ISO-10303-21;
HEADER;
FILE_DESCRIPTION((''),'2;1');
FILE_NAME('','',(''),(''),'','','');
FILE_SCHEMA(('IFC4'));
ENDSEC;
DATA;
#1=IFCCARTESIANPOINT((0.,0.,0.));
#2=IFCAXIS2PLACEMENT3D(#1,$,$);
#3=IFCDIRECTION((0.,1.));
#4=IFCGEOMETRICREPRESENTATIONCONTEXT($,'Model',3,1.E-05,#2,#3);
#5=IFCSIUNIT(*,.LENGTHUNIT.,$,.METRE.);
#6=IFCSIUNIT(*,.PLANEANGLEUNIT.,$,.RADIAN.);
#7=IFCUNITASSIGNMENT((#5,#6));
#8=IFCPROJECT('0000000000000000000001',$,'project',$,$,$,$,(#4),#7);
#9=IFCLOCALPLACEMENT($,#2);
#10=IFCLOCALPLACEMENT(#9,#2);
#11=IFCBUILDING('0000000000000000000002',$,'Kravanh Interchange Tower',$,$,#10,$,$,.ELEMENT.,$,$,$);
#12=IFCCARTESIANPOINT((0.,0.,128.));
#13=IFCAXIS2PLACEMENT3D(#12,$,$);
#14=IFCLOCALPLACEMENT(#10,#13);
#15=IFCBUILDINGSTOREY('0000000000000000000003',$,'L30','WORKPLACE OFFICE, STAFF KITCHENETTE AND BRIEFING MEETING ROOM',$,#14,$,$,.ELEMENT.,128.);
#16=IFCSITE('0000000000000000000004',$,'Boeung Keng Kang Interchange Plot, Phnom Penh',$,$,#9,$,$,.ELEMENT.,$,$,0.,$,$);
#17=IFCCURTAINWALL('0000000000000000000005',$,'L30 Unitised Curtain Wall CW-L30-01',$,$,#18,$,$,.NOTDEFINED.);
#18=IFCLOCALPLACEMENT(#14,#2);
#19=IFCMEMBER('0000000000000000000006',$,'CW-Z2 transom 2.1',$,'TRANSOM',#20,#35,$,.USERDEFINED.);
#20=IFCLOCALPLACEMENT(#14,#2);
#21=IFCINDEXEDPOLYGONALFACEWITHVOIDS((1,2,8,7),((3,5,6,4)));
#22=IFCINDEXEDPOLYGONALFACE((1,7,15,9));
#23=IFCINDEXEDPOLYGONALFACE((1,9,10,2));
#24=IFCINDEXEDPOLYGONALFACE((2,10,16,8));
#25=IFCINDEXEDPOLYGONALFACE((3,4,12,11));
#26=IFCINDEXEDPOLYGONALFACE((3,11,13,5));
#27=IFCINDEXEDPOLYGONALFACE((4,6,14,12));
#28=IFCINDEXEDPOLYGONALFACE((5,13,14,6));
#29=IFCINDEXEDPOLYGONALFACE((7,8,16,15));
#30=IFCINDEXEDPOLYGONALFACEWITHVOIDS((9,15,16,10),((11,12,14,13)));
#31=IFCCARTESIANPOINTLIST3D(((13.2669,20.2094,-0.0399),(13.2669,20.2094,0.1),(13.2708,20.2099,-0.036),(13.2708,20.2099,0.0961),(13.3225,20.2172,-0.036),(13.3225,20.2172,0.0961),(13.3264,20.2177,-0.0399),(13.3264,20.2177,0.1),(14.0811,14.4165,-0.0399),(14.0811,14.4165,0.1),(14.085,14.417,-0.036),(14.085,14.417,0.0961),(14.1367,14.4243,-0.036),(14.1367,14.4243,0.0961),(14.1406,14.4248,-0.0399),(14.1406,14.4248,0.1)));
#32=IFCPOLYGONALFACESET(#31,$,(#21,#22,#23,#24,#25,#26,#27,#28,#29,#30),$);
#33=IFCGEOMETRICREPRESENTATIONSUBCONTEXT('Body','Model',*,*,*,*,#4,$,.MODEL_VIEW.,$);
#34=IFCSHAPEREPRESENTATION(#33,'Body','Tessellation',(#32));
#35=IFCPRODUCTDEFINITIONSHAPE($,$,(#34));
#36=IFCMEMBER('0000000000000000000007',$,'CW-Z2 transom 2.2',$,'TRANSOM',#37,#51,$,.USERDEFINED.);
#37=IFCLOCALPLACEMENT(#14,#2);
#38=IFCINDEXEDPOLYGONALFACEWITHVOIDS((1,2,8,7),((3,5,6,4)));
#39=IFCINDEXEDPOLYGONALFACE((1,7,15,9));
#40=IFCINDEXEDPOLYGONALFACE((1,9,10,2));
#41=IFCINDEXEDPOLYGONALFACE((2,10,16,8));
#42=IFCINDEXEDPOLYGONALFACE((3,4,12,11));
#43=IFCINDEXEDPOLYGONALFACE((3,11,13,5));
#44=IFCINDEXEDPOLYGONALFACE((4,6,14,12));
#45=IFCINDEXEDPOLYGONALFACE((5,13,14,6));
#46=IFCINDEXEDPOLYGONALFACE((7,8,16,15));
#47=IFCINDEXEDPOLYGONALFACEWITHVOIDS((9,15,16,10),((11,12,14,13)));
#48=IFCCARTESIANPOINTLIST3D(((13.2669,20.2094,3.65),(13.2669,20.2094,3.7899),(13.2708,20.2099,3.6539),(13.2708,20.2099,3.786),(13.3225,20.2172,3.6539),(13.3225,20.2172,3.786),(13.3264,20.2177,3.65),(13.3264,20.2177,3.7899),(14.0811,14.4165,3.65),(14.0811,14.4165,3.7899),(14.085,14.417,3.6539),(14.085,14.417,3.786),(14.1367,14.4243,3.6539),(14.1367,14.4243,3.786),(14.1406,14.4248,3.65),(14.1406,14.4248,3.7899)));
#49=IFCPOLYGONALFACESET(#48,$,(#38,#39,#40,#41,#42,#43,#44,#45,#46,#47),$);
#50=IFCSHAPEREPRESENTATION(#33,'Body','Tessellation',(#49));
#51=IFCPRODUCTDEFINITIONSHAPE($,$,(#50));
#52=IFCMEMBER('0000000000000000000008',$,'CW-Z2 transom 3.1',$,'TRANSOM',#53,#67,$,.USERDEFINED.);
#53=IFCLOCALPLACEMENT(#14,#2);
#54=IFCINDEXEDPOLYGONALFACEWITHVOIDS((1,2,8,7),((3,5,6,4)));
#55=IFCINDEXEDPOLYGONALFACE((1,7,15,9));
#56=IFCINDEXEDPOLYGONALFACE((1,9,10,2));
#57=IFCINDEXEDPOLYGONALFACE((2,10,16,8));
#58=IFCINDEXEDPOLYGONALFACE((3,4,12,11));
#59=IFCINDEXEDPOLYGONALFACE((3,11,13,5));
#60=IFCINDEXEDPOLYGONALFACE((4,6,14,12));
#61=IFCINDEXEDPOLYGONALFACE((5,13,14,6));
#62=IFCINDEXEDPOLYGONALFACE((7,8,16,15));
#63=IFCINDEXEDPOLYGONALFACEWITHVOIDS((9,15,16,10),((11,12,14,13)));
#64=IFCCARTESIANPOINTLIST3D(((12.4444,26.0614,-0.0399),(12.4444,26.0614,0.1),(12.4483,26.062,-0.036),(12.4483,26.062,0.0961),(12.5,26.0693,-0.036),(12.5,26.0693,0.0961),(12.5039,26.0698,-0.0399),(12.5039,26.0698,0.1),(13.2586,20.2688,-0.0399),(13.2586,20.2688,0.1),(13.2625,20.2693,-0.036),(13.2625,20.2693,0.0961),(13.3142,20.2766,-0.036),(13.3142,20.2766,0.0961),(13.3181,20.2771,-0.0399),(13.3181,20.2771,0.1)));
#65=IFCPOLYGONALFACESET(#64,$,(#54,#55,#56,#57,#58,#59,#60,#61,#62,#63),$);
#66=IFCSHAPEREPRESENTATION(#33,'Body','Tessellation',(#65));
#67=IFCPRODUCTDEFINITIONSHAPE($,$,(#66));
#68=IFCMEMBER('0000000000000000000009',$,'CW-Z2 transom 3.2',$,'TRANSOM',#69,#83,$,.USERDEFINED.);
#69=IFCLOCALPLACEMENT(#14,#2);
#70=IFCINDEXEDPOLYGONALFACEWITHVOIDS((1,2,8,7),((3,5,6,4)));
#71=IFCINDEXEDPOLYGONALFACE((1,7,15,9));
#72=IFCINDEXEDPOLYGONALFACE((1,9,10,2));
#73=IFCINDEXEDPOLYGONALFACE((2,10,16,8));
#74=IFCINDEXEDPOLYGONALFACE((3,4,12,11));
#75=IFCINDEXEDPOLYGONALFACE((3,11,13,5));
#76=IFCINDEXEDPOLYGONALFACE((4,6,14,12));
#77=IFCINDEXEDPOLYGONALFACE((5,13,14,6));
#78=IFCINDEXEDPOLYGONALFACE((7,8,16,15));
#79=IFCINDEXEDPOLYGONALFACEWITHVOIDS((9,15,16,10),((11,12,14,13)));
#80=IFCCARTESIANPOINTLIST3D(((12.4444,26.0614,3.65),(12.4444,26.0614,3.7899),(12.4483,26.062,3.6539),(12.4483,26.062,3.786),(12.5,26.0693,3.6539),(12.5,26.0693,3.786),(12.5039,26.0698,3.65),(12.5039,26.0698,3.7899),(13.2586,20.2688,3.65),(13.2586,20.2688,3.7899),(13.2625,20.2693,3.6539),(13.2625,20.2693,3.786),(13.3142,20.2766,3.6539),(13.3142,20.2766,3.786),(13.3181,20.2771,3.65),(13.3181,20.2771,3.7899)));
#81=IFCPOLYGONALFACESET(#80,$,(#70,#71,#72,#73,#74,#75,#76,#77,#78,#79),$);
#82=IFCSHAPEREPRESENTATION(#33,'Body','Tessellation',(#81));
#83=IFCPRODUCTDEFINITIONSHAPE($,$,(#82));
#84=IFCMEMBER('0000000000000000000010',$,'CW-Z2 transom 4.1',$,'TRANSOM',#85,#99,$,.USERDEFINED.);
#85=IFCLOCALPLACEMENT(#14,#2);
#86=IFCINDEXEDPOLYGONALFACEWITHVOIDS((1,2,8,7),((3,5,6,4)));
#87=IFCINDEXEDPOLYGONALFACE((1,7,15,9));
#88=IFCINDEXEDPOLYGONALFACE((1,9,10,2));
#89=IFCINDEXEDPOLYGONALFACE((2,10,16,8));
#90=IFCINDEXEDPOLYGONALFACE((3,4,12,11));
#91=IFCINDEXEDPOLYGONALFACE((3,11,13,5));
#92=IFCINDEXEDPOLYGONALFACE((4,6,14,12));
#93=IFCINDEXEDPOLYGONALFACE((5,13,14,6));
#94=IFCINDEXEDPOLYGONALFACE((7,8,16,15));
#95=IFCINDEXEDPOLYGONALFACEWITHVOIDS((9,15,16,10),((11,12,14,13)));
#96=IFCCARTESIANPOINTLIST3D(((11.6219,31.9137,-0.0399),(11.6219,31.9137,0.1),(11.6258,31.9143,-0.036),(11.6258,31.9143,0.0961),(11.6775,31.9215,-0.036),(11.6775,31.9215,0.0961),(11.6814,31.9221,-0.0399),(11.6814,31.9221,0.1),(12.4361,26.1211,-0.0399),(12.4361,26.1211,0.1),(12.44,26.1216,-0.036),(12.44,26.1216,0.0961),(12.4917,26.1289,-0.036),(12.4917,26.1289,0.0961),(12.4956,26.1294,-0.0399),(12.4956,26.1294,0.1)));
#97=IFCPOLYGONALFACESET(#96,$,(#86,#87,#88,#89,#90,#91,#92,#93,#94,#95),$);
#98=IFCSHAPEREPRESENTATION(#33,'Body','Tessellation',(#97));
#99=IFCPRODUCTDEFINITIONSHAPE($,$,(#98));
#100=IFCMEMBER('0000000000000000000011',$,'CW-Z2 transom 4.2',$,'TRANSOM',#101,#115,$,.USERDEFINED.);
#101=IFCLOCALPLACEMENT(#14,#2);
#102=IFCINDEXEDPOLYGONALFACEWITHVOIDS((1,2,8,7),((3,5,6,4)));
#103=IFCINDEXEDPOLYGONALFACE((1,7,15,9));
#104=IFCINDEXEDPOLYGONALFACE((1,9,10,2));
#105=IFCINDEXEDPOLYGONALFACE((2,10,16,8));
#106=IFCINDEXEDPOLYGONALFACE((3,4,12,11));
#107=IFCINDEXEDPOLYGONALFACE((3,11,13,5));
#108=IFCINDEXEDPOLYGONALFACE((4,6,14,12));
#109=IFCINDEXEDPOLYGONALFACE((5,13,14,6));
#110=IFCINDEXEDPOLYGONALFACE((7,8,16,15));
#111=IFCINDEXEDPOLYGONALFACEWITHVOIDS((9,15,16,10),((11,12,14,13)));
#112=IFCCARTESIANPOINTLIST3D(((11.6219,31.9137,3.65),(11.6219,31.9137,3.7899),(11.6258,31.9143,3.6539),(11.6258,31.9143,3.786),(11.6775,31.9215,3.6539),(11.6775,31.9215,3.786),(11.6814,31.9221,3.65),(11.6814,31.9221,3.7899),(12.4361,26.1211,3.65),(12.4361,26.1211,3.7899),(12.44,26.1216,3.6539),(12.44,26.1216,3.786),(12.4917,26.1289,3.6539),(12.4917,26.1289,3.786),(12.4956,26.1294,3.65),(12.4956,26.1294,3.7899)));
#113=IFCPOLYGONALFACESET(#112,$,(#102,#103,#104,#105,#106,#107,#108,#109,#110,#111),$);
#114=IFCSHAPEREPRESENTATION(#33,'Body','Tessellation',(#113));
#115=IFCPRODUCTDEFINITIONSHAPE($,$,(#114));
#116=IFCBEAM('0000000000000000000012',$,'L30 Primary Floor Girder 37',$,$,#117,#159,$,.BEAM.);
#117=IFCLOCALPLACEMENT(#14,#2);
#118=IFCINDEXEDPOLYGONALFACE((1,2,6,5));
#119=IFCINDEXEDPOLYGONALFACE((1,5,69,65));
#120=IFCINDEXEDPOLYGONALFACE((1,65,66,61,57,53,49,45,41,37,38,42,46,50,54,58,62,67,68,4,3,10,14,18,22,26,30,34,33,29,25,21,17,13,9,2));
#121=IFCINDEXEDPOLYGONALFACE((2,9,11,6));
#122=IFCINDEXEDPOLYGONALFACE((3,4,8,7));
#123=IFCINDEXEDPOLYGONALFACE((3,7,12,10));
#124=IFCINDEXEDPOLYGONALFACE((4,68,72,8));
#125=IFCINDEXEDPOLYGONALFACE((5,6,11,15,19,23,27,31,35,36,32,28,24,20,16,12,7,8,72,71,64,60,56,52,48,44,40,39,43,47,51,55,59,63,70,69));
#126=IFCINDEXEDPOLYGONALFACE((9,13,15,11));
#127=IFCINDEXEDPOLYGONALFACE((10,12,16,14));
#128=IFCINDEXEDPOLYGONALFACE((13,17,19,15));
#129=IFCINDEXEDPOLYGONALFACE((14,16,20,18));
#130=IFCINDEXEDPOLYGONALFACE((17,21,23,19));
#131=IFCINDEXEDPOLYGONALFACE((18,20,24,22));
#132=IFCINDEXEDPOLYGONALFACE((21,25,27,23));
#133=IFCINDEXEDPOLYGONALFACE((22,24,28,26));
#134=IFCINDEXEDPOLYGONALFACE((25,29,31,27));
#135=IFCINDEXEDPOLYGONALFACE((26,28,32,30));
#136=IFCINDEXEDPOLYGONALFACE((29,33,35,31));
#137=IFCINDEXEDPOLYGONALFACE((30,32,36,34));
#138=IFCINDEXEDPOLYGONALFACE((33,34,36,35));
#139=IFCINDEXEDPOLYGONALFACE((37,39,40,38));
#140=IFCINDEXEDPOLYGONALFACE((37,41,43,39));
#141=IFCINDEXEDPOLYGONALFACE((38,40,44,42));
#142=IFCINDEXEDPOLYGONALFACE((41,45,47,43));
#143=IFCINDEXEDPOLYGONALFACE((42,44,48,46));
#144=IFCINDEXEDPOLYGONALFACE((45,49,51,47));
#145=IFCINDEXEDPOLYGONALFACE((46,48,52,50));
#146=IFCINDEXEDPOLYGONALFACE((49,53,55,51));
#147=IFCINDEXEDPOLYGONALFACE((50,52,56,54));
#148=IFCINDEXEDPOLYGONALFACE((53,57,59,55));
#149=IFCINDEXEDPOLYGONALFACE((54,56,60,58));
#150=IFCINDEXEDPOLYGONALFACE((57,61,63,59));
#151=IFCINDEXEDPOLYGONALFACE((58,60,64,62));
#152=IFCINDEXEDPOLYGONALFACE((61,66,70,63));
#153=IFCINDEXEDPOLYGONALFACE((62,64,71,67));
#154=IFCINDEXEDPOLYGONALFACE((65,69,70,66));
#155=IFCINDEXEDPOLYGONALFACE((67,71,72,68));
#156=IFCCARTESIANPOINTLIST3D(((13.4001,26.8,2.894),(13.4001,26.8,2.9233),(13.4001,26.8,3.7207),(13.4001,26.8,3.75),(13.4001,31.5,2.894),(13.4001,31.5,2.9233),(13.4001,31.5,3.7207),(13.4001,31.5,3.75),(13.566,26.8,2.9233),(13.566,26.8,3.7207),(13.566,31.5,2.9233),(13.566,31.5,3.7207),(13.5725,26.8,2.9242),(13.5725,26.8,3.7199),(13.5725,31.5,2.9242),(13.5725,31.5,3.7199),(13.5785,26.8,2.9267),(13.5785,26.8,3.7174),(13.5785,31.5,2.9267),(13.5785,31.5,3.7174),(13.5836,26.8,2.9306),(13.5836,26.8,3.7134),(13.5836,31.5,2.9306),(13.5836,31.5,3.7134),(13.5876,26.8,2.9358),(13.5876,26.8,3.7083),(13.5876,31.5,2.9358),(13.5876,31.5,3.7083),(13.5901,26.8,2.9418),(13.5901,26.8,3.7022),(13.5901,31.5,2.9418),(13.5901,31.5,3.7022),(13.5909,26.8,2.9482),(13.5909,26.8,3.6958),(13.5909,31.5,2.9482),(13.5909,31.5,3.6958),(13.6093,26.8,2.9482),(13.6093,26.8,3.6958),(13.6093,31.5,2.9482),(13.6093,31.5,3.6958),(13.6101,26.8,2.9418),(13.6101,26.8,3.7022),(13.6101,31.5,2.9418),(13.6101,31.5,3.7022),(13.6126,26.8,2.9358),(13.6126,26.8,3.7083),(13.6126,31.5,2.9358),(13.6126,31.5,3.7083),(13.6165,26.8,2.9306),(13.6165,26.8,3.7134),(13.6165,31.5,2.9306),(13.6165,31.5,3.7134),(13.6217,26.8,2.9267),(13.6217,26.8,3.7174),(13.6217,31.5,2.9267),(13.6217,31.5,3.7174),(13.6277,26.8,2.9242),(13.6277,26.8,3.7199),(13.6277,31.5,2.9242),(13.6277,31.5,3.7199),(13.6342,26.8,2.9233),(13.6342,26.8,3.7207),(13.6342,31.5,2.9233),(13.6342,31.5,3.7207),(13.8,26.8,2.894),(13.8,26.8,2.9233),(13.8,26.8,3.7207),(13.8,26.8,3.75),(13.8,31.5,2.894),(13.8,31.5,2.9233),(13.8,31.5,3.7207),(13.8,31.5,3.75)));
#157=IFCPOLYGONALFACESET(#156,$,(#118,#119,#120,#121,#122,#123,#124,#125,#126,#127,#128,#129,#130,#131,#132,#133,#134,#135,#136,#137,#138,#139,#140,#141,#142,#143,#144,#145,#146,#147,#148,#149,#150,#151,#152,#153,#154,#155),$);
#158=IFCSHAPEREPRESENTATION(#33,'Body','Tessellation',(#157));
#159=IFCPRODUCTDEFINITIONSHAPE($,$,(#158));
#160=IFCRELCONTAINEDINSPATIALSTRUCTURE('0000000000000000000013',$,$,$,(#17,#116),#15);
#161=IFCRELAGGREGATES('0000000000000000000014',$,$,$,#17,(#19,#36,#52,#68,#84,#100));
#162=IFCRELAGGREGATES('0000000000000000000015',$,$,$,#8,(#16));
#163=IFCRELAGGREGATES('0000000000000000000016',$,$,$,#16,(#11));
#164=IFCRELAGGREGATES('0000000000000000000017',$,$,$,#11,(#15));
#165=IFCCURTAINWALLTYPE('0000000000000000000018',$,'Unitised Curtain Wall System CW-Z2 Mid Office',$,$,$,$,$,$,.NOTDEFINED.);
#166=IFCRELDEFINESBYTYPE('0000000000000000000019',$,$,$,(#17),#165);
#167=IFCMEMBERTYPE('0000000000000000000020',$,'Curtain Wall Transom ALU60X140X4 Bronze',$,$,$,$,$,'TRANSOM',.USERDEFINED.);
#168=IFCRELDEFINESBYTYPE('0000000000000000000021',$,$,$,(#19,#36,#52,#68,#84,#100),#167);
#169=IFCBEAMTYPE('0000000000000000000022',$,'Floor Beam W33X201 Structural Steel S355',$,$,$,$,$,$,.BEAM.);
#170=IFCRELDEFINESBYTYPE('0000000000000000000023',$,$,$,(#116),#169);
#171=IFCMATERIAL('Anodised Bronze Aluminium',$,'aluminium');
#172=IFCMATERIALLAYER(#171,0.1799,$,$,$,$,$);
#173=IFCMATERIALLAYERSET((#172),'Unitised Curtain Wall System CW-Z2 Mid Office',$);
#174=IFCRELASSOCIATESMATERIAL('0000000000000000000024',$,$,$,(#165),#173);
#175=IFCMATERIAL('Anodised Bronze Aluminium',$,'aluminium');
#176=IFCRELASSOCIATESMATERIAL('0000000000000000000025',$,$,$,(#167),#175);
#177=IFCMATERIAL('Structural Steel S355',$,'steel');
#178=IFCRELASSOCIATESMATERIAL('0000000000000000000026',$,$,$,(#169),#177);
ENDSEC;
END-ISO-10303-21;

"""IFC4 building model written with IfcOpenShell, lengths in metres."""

from ifc_helpers import new_model, si_unit, direction, frame, origin, origin_2d, place, context, subcontext, project, spatial, hollow_rectangle, i_section, extrude, material, layer, layer_set, material_profile, profile_set, type_object, element, aggregate, save


model = new_model("IFC4")

# Units and contexts
model_context = context("Model", 3, precision=1e-05, world=origin(), true_north=direction((0.0, 1.0)))
body_context = subcontext(model_context, "Body", "Model", "MODEL_VIEW")
ifc_project = project(units=[si_unit("LENGTHUNIT", "METRE"), si_unit("PLANEANGLEUNIT", "RADIAN")], contexts=[model_context])

# Site, building, storey
site_placement = place(None, origin())
site = spatial("IfcSite", under=ifc_project, at=site_placement, Name="Boeung Keng Kang Interchange Plot, Phnom Penh", CompositionType="ELEMENT", RefElevation=0.0)
building_placement = place(site_placement, origin())
building = spatial("IfcBuilding", under=site, at=building_placement, Name="Kravanh Interchange Tower", CompositionType="ELEMENT")
storey_placement = place(building_placement, frame((0.0, 0.0, 128.0)))
storey = spatial("IfcBuildingStorey", under=building, at=storey_placement, Name="L30", Description="WORKPLACE OFFICE, STAFF KITCHENETTE AND BRIEFING MEETING ROOM", CompositionType="ELEMENT", Elevation=128.0)

# Curtain wall, members
ifc_material_1 = material(Name="Anodised Bronze Aluminium", Category="aluminium")
ifc_layer_1 = layer(ifc_material_1, 0.1799)
ifc_layer_set_1 = layer_set([ifc_layer_1], Name="Unitised Curtain Wall System CW-Z2 Mid Office")
curtain_wall_type = type_object("IfcCurtainWallType", Name="Unitised Curtain Wall System CW-Z2 Mid Office", PredefinedType="NOTDEFINED", material=ifc_layer_set_1)
curtain_wall_placement = place(storey_placement, origin())
curtain_wall = element("IfcCurtainWall", 1, at=curtain_wall_placement, inside=storey, type_object=curtain_wall_type, Name="L30 Unitised Curtain Wall CW-L30-01", PredefinedType="NOTDEFINED")
ifc_material_2 = material(Name="Anodised Bronze Aluminium", Category="aluminium")
ifc_material_profile_1 = material_profile(ifc_material_2, hollow_rectangle(XDim=0.0601, YDim=0.1399, WallThickness=0.0039, at=origin_2d()), Name="ALU60X140X4")
ifc_profile_set_1 = profile_set([ifc_material_profile_1], Name="Anodised Bronze Aluminium")
member_type_1 = type_object("IfcMemberType", Name="Curtain Wall Transom ALU60X140X4 Bronze", ElementType="TRANSOM", PredefinedType="USERDEFINED", material=ifc_profile_set_1)
member_1_placement = place(storey_placement, frame((14.1108, 14.4207, 0.03), z_axis=(-0.139183, 0.990267, 0.0), x_axis=(-0.990267, -0.139183, 0.0)))
member_1 = element("IfcMember", 2, at=member_1_placement, type_object=member_type_1, Name="CW-Z2 transom 2.1", ObjectType="TRANSOM", PredefinedType="USERDEFINED", context=body_context, shape_type="SweptSolid", body=[
    extrude(hollow_rectangle(XDim=0.0601, YDim=0.1399, WallThickness=0.0039, at=origin_2d()), origin(), (0.0, 0.0, 1.0), 5.8499),
])
member_2_placement = place(storey_placement, frame((14.1108, 14.4207, 3.72), z_axis=(-0.139183, 0.990267, 0.0), x_axis=(-0.990267, -0.139183, 0.0)))
member_2 = element("IfcMember", 3, at=member_2_placement, type_object=member_type_1, Name="CW-Z2 transom 2.2", ObjectType="TRANSOM", PredefinedType="USERDEFINED", context=body_context, shape_type="SweptSolid", body=[
    extrude(hollow_rectangle(XDim=0.0601, YDim=0.1399, WallThickness=0.0039, at=origin_2d()), origin(), (0.0, 0.0, 1.0), 5.8499),
])
member_3_placement = place(storey_placement, frame((13.2883, 20.2729, 0.03), z_axis=(-0.139189, 0.990266, 0.0), x_axis=(-0.990266, -0.139189, 0.0)))
member_3 = element("IfcMember", 4, at=member_3_placement, type_object=member_type_1, Name="CW-Z2 transom 3.1", ObjectType="TRANSOM", PredefinedType="USERDEFINED", context=body_context, shape_type="SweptSolid", body=[
    extrude(hollow_rectangle(XDim=0.0601, YDim=0.1399, WallThickness=0.0039, at=origin_2d()), origin(), (0.0, 0.0, 1.0), 5.8496),
])
member_4_placement = place(storey_placement, frame((13.2883, 20.2729, 3.72), z_axis=(-0.139189, 0.990266, 0.0), x_axis=(-0.990266, -0.139189, 0.0)))
member_4 = element("IfcMember", 5, at=member_4_placement, type_object=member_type_1, Name="CW-Z2 transom 3.2", ObjectType="TRANSOM", PredefinedType="USERDEFINED", context=body_context, shape_type="SweptSolid", body=[
    extrude(hollow_rectangle(XDim=0.0601, YDim=0.1399, WallThickness=0.0039, at=origin_2d()), origin(), (0.0, 0.0, 1.0), 5.8496),
])
member_5_placement = place(storey_placement, frame((12.4658, 26.1252, 0.03), z_axis=(-0.139189, 0.990266, 0.0), x_axis=(-0.990266, -0.139189, 0.0)))
member_5 = element("IfcMember", 6, at=member_5_placement, type_object=member_type_1, Name="CW-Z2 transom 4.1", ObjectType="TRANSOM", PredefinedType="USERDEFINED", context=body_context, shape_type="SweptSolid", body=[
    extrude(hollow_rectangle(XDim=0.0601, YDim=0.1399, WallThickness=0.0039, at=origin_2d()), origin(), (0.0, 0.0, 1.0), 5.8496),
])
member_6_placement = place(storey_placement, frame((12.4658, 26.1252, 3.72), z_axis=(-0.139189, 0.990266, 0.0), x_axis=(-0.990266, -0.139189, 0.0)))
member_6 = element("IfcMember", 7, at=member_6_placement, type_object=member_type_1, Name="CW-Z2 transom 4.2", ObjectType="TRANSOM", PredefinedType="USERDEFINED", context=body_context, shape_type="SweptSolid", body=[
    extrude(hollow_rectangle(XDim=0.0601, YDim=0.1399, WallThickness=0.0039, at=origin_2d()), origin(), (0.0, 0.0, 1.0), 5.8496),
])

# Beam
ifc_material_3 = material(Name="Structural Steel S355", Category="steel")
ifc_material_profile_2 = material_profile(ifc_material_3, i_section(OverallWidth=0.3999, OverallDepth=0.856, WebThickness=0.0183, FlangeThickness=0.0293, FilletRadius=0.0249, at=origin_2d()), Name="W33X201")
ifc_profile_set_2 = profile_set([ifc_material_profile_2], Name="Structural Steel S355")
beam_type_1 = type_object("IfcBeamType", Name="Floor Beam W33X201 Structural Steel S355", PredefinedType="BEAM", material=ifc_profile_set_2)
beam_1_placement = place(storey_placement, frame((13.6001, 26.8, 3.322), z_axis=(0.0, 1.0, 0.0), x_axis=(-1.0, 0.0, 0.0)))
element("IfcBeam", 8, at=beam_1_placement, inside=storey, type_object=beam_type_1, Name="L30 Primary Floor Girder 37", PredefinedType="BEAM", context=body_context, shape_type="SweptSolid", body=[
    extrude(i_section(OverallWidth=0.3999, OverallDepth=0.856, WebThickness=0.0183, FlangeThickness=0.0293, FilletRadius=0.0249, at=origin_2d()), origin(), (0.0, 0.0, 1.0), 4.7),
])

aggregate(curtain_wall, [member_1, member_2, member_3, member_4, member_5, member_6])

save(model, "model.ifc")
